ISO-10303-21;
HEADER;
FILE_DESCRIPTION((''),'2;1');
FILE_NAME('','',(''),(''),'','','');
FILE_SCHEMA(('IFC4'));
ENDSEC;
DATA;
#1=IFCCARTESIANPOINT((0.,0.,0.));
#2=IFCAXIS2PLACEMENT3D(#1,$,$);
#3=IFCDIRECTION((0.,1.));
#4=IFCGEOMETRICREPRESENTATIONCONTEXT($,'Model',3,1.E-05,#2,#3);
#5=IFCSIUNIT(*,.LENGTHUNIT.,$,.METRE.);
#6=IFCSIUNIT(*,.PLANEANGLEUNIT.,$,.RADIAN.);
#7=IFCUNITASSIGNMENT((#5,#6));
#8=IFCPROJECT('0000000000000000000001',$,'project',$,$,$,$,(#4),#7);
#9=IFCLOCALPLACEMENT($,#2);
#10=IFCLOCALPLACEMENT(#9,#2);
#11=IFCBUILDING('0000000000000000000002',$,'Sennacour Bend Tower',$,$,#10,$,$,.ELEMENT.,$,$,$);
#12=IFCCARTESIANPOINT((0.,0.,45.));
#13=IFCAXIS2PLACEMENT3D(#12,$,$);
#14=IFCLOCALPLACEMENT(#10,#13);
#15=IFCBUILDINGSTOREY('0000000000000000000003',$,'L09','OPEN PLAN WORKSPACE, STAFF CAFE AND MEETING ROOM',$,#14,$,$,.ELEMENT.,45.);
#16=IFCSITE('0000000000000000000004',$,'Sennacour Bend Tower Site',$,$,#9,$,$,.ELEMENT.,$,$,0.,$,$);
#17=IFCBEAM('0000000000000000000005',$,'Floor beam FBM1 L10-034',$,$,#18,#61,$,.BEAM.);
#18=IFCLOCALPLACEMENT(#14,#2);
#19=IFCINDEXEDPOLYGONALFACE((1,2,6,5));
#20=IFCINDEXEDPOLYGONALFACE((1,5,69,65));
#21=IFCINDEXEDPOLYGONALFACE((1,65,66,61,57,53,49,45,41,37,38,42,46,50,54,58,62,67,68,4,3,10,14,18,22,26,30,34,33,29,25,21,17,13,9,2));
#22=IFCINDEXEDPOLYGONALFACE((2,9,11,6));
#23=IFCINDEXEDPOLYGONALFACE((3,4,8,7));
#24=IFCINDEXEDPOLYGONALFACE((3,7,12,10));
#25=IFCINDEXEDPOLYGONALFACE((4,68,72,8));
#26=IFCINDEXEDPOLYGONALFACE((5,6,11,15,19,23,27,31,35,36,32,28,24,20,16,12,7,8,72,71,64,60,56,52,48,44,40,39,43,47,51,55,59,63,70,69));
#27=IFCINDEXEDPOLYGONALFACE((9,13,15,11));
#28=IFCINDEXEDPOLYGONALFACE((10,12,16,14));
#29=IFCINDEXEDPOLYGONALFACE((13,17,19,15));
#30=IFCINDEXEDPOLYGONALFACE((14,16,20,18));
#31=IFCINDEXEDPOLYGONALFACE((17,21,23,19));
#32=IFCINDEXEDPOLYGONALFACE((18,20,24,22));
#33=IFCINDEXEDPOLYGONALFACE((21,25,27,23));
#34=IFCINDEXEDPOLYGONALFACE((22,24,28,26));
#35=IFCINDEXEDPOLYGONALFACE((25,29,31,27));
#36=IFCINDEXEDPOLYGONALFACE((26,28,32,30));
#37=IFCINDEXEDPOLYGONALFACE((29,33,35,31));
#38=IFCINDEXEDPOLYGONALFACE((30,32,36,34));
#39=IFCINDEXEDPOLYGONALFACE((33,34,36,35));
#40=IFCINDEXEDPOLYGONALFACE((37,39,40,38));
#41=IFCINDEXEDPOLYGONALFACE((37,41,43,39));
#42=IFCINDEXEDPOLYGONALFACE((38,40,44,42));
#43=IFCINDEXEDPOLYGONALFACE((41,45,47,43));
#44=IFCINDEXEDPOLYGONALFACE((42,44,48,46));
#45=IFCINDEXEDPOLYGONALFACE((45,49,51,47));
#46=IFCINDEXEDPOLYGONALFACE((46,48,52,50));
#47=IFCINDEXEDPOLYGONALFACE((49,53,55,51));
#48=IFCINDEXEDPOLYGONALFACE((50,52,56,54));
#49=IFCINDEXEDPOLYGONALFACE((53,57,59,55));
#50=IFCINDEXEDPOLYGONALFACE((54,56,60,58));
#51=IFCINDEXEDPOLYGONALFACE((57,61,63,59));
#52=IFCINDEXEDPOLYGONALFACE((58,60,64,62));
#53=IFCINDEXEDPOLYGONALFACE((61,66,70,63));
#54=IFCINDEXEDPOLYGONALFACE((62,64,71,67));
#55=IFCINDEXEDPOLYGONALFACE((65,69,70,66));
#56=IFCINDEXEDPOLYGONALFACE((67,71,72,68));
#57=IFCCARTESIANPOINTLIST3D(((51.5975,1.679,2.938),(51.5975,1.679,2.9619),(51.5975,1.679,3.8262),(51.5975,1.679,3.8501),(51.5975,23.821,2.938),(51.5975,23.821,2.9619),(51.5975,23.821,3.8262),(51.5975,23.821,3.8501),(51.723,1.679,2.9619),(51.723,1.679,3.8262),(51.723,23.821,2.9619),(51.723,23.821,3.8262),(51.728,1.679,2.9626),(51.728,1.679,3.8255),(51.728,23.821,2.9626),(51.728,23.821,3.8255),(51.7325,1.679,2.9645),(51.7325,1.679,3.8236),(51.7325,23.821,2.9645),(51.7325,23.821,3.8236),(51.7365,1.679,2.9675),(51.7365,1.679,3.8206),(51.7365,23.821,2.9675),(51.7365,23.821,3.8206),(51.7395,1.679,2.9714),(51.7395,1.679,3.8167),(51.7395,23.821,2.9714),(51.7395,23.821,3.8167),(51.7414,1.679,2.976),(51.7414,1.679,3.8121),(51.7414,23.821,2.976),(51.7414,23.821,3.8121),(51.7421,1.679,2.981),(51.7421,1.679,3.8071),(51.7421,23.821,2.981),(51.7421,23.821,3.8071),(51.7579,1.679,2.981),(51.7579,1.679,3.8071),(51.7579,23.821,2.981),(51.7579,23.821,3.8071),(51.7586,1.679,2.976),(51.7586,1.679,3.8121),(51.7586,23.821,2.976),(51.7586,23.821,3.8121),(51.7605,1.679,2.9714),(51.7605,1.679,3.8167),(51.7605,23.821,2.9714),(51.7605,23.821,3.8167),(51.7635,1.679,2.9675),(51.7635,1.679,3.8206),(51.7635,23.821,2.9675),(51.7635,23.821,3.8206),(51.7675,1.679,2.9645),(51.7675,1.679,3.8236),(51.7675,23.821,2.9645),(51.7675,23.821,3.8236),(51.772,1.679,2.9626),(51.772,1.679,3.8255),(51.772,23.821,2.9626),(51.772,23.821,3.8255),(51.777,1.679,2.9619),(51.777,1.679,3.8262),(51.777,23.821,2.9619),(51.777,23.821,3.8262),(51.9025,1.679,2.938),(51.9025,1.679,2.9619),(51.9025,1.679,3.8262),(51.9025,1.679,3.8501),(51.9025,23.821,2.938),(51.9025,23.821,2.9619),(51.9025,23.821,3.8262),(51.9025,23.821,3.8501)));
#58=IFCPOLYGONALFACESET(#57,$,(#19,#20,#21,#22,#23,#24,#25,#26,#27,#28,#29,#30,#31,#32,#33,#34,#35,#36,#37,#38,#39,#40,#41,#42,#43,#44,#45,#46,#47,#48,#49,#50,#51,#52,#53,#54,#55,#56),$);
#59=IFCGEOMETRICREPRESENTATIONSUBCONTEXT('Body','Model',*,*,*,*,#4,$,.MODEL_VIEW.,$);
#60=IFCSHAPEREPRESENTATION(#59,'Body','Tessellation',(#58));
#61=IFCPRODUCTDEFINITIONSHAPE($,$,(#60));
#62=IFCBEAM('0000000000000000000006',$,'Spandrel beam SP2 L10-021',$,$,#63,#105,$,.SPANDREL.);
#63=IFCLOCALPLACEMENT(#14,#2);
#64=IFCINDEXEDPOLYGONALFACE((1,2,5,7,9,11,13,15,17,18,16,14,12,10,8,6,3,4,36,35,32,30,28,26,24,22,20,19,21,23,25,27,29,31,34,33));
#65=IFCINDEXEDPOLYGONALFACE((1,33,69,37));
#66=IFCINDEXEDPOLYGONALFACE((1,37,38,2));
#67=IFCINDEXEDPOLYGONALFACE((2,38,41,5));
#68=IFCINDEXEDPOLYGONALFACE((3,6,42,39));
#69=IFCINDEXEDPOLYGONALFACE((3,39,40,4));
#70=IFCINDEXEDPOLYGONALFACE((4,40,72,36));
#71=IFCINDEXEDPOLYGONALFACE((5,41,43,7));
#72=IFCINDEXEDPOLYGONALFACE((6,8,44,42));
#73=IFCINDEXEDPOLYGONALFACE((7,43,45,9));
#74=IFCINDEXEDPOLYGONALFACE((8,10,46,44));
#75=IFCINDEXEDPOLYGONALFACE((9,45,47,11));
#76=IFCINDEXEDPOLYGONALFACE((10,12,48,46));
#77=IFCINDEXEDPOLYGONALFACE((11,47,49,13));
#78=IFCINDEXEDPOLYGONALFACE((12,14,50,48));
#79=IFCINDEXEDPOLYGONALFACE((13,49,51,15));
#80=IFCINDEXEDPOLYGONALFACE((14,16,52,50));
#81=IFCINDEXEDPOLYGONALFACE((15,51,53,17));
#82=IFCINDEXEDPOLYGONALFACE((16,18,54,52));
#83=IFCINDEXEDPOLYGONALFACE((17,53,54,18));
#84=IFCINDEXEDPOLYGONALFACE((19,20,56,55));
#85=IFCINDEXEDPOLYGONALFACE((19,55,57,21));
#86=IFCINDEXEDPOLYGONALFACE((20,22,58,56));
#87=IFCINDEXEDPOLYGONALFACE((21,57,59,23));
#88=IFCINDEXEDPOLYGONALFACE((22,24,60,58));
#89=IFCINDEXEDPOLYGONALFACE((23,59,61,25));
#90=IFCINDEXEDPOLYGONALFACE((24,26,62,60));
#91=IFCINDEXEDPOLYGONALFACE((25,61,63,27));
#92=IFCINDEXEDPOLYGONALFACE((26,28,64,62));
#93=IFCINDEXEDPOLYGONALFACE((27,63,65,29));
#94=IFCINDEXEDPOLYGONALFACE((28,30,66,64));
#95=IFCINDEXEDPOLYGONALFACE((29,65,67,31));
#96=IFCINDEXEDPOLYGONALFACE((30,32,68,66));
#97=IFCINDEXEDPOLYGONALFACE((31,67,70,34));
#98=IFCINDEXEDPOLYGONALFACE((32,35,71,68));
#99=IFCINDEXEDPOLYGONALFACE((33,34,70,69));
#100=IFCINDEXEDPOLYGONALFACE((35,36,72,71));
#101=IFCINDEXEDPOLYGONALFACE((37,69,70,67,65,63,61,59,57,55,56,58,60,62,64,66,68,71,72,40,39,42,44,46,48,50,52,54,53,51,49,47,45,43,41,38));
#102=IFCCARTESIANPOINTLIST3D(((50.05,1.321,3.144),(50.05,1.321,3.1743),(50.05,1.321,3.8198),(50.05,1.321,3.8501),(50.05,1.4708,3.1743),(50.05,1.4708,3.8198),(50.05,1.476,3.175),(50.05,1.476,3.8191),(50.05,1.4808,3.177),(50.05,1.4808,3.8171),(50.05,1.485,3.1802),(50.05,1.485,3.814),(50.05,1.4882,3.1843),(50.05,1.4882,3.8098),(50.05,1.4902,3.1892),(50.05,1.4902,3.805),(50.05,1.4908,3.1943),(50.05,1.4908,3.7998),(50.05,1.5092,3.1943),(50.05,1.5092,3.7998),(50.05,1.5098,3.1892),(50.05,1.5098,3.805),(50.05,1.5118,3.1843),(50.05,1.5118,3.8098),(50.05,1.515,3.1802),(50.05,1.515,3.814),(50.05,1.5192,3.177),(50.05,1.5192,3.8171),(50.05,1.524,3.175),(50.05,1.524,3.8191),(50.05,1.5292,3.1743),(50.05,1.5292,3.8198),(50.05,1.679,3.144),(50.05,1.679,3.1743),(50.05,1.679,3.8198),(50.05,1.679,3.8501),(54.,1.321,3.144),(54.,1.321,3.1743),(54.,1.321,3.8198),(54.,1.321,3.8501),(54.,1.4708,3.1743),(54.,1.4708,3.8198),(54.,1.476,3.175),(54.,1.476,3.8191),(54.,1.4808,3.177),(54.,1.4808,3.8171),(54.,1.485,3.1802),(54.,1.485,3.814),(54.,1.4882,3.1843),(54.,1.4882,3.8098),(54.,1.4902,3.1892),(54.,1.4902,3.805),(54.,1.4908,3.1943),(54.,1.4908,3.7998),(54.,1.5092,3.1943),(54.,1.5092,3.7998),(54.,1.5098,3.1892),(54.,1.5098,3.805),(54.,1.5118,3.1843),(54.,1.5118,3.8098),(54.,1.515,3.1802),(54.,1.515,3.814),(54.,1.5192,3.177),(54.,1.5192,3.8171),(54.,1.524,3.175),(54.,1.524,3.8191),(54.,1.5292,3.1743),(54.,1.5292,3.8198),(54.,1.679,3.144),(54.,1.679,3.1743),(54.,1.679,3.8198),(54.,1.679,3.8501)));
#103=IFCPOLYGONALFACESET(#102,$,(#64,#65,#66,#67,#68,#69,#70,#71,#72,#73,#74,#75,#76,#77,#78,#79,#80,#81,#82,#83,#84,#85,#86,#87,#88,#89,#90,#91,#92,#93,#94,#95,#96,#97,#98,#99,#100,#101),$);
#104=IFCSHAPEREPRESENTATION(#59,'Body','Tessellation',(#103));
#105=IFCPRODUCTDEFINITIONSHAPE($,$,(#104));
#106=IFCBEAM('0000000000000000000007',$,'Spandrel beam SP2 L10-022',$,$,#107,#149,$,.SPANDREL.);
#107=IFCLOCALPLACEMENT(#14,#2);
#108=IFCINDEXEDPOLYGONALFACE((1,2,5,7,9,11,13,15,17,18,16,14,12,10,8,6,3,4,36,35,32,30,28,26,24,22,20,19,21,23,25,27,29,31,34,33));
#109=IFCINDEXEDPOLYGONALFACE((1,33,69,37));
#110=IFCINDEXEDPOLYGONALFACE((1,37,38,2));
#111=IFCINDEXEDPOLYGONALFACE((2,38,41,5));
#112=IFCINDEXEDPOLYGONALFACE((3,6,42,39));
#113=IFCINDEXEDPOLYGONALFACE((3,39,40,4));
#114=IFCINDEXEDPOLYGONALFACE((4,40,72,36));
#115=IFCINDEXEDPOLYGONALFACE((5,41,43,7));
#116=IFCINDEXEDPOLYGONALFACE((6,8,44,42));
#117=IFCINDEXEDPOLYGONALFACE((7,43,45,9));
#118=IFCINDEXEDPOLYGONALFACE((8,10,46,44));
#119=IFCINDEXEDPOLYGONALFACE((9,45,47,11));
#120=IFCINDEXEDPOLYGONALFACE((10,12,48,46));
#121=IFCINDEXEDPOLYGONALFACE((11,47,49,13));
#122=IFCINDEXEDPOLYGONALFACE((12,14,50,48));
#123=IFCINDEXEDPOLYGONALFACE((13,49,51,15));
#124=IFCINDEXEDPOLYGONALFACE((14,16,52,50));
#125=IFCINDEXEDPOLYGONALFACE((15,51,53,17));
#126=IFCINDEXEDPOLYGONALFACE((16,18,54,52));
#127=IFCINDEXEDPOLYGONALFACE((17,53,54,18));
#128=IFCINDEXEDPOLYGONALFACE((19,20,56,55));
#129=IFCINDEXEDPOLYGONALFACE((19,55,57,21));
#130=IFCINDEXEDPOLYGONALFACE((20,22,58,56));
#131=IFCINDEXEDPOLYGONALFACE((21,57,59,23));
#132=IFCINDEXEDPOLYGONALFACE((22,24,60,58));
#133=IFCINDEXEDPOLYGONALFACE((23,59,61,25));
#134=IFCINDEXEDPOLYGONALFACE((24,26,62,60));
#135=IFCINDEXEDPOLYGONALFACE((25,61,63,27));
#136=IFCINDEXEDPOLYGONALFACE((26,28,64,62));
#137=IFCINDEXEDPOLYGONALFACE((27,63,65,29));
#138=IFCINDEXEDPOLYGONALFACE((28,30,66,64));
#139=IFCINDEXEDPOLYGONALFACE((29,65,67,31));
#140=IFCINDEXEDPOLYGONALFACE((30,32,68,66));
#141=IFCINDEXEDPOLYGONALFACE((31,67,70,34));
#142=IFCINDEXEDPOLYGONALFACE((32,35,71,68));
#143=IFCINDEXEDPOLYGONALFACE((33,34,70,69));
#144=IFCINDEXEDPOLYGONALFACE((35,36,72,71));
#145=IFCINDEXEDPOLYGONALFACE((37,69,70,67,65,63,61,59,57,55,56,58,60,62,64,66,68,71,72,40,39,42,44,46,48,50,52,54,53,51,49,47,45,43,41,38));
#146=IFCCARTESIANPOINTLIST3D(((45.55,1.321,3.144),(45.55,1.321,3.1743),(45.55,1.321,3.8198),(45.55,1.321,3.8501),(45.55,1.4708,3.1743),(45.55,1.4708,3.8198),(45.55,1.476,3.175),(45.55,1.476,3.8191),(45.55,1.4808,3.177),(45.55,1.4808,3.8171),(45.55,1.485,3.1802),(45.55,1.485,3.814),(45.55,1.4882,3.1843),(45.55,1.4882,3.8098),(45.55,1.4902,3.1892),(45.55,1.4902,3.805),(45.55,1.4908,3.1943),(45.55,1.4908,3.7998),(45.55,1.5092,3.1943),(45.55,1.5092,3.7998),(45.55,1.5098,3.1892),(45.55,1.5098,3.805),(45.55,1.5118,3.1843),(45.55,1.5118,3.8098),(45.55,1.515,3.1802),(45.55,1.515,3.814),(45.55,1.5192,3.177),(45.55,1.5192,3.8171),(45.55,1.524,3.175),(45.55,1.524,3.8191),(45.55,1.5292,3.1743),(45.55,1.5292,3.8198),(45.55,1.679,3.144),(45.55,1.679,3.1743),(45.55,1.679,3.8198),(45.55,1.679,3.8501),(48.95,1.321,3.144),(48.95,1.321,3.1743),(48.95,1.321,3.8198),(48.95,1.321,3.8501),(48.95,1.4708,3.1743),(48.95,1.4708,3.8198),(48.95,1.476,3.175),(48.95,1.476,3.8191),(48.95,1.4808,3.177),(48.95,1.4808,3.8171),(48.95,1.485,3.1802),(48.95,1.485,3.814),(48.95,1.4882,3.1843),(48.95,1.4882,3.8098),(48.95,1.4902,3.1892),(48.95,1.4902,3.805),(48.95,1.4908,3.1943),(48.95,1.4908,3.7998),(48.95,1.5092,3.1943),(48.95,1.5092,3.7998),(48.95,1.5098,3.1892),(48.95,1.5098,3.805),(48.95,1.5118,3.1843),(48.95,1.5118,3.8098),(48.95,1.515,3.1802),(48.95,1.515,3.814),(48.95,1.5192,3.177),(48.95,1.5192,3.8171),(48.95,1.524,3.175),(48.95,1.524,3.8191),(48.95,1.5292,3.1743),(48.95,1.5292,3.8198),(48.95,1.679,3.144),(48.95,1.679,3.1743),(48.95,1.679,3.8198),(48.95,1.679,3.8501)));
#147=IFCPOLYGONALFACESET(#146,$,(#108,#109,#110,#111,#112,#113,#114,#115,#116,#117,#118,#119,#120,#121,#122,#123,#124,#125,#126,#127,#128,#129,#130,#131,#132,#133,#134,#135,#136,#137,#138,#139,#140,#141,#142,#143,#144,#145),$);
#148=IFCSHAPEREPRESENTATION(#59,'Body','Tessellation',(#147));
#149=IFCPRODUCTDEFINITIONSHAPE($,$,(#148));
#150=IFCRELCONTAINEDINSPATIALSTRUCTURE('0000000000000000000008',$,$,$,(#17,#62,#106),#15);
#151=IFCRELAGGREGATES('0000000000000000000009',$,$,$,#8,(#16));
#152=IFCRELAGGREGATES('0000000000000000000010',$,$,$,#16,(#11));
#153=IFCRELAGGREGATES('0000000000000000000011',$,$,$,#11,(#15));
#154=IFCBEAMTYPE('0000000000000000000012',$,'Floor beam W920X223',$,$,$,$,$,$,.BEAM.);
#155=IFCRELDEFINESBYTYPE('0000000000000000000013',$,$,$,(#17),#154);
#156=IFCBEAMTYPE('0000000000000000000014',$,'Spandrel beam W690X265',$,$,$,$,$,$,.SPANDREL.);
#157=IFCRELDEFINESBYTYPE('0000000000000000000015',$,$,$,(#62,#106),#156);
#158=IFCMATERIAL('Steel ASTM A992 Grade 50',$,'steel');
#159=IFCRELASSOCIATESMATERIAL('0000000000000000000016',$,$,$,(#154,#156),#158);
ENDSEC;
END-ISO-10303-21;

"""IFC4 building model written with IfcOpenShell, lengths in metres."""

from ifc_helpers import new_model, si_unit, direction, frame, origin, origin_2d, place, context, subcontext, project, spatial, i_section, extrude, material, material_profile, profile_set, type_object, element, save


model = new_model("IFC4")

# Units and contexts
model_context = context("Model", 3, precision=1e-05, world=origin(), true_north=direction((0.0, 1.0)))
body_context = subcontext(model_context, "Body", "Model", "MODEL_VIEW")
ifc_project = project(units=[si_unit("LENGTHUNIT", "METRE"), si_unit("PLANEANGLEUNIT", "RADIAN")], contexts=[model_context])

# Site, building, storey
site_placement = place(None, origin())
site = spatial("IfcSite", under=ifc_project, at=site_placement, Name="Sennacour Bend Tower Site", CompositionType="ELEMENT", RefElevation=0.0)
building_placement = place(site_placement, origin())
building = spatial("IfcBuilding", under=site, at=building_placement, Name="Sennacour Bend Tower", CompositionType="ELEMENT")
storey_placement = place(building_placement, frame((0.0, 0.0, 45.0)))
storey = spatial("IfcBuildingStorey", under=building, at=storey_placement, Name="L09", Description="OPEN PLAN WORKSPACE, STAFF CAFE AND MEETING ROOM", CompositionType="ELEMENT", Elevation=45.0)

# Beams
ifc_material_1 = material(Name="Steel ASTM A992 Grade 50", Category="steel")
ifc_material_profile_1 = material_profile(ifc_material_1, i_section(OverallWidth=0.3049, OverallDepth=0.9121, WebThickness=0.0159, FlangeThickness=0.0239, FilletRadius=0.019, at=origin_2d()), Name="Steel ASTM A992 Grade 50", Category="steel")
ifc_profile_set_1 = profile_set([ifc_material_profile_1], Name="Steel ASTM A992 Grade 50")
beam_type_1 = type_object("IfcBeamType", Name="Floor beam W920X223", PredefinedType="BEAM", material=ifc_profile_set_1)
beam_1_placement = place(storey_placement, frame((51.75, 1.679, 3.394), z_axis=(0.0, 1.0, 0.0), x_axis=(-1.0, 0.0, 0.0)))
element("IfcBeam", 1, at=beam_1_placement, inside=storey, type_object=beam_type_1, Name="Floor beam FBM1 L10-034", PredefinedType="BEAM", context=body_context, shape_type="SweptSolid", body=[
    extrude(i_section(OverallWidth=0.3049, OverallDepth=0.9121, WebThickness=0.0159, FlangeThickness=0.0239, FilletRadius=0.019, at=origin_2d()), origin(), (0.0, 0.0, 1.0), 22.1421),
])
ifc_material_profile_2 = material_profile(ifc_material_1, i_section(OverallWidth=0.3579, OverallDepth=0.7061, WebThickness=0.0183, FlangeThickness=0.0303, FilletRadius=0.02, at=origin_2d()), Name="Steel ASTM A992 Grade 50", Category="steel")
ifc_profile_set_2 = profile_set([ifc_material_profile_2], Name="Steel ASTM A992 Grade 50")
beam_type_2 = type_object("IfcBeamType", Name="Spandrel beam W690X265", PredefinedType="SPANDREL", material=ifc_profile_set_2)
beam_2_placement = place(storey_placement, frame((54.0, 1.5, 3.4971), z_axis=(-1.0, 0.0, 0.0), x_axis=(0.0, -1.0, 0.0)))
element("IfcBeam", 2, at=beam_2_placement, inside=storey, type_object=beam_type_2, Name="Spandrel beam SP2 L10-021", PredefinedType="SPANDREL", context=body_context, shape_type="SweptSolid", body=[
    extrude(i_section(OverallWidth=0.3579, OverallDepth=0.7061, WebThickness=0.0183, FlangeThickness=0.0303, FilletRadius=0.02, at=origin_2d()), origin(), (0.0, 0.0, 1.0), 3.95),
])
beam_3_placement = place(storey_placement, frame((48.95, 1.5, 3.4971), z_axis=(-1.0, 0.0, 0.0), x_axis=(0.0, -1.0, 0.0)))
element("IfcBeam", 3, at=beam_3_placement, inside=storey, type_object=beam_type_2, Name="Spandrel beam SP2 L10-022", PredefinedType="SPANDREL", context=body_context, shape_type="SweptSolid", body=[
    extrude(i_section(OverallWidth=0.3579, OverallDepth=0.7061, WebThickness=0.0183, FlangeThickness=0.0303, FilletRadius=0.02, at=origin_2d()), origin(), (0.0, 0.0, 1.0), 3.3999),
])

save(model, "model.ifc")
